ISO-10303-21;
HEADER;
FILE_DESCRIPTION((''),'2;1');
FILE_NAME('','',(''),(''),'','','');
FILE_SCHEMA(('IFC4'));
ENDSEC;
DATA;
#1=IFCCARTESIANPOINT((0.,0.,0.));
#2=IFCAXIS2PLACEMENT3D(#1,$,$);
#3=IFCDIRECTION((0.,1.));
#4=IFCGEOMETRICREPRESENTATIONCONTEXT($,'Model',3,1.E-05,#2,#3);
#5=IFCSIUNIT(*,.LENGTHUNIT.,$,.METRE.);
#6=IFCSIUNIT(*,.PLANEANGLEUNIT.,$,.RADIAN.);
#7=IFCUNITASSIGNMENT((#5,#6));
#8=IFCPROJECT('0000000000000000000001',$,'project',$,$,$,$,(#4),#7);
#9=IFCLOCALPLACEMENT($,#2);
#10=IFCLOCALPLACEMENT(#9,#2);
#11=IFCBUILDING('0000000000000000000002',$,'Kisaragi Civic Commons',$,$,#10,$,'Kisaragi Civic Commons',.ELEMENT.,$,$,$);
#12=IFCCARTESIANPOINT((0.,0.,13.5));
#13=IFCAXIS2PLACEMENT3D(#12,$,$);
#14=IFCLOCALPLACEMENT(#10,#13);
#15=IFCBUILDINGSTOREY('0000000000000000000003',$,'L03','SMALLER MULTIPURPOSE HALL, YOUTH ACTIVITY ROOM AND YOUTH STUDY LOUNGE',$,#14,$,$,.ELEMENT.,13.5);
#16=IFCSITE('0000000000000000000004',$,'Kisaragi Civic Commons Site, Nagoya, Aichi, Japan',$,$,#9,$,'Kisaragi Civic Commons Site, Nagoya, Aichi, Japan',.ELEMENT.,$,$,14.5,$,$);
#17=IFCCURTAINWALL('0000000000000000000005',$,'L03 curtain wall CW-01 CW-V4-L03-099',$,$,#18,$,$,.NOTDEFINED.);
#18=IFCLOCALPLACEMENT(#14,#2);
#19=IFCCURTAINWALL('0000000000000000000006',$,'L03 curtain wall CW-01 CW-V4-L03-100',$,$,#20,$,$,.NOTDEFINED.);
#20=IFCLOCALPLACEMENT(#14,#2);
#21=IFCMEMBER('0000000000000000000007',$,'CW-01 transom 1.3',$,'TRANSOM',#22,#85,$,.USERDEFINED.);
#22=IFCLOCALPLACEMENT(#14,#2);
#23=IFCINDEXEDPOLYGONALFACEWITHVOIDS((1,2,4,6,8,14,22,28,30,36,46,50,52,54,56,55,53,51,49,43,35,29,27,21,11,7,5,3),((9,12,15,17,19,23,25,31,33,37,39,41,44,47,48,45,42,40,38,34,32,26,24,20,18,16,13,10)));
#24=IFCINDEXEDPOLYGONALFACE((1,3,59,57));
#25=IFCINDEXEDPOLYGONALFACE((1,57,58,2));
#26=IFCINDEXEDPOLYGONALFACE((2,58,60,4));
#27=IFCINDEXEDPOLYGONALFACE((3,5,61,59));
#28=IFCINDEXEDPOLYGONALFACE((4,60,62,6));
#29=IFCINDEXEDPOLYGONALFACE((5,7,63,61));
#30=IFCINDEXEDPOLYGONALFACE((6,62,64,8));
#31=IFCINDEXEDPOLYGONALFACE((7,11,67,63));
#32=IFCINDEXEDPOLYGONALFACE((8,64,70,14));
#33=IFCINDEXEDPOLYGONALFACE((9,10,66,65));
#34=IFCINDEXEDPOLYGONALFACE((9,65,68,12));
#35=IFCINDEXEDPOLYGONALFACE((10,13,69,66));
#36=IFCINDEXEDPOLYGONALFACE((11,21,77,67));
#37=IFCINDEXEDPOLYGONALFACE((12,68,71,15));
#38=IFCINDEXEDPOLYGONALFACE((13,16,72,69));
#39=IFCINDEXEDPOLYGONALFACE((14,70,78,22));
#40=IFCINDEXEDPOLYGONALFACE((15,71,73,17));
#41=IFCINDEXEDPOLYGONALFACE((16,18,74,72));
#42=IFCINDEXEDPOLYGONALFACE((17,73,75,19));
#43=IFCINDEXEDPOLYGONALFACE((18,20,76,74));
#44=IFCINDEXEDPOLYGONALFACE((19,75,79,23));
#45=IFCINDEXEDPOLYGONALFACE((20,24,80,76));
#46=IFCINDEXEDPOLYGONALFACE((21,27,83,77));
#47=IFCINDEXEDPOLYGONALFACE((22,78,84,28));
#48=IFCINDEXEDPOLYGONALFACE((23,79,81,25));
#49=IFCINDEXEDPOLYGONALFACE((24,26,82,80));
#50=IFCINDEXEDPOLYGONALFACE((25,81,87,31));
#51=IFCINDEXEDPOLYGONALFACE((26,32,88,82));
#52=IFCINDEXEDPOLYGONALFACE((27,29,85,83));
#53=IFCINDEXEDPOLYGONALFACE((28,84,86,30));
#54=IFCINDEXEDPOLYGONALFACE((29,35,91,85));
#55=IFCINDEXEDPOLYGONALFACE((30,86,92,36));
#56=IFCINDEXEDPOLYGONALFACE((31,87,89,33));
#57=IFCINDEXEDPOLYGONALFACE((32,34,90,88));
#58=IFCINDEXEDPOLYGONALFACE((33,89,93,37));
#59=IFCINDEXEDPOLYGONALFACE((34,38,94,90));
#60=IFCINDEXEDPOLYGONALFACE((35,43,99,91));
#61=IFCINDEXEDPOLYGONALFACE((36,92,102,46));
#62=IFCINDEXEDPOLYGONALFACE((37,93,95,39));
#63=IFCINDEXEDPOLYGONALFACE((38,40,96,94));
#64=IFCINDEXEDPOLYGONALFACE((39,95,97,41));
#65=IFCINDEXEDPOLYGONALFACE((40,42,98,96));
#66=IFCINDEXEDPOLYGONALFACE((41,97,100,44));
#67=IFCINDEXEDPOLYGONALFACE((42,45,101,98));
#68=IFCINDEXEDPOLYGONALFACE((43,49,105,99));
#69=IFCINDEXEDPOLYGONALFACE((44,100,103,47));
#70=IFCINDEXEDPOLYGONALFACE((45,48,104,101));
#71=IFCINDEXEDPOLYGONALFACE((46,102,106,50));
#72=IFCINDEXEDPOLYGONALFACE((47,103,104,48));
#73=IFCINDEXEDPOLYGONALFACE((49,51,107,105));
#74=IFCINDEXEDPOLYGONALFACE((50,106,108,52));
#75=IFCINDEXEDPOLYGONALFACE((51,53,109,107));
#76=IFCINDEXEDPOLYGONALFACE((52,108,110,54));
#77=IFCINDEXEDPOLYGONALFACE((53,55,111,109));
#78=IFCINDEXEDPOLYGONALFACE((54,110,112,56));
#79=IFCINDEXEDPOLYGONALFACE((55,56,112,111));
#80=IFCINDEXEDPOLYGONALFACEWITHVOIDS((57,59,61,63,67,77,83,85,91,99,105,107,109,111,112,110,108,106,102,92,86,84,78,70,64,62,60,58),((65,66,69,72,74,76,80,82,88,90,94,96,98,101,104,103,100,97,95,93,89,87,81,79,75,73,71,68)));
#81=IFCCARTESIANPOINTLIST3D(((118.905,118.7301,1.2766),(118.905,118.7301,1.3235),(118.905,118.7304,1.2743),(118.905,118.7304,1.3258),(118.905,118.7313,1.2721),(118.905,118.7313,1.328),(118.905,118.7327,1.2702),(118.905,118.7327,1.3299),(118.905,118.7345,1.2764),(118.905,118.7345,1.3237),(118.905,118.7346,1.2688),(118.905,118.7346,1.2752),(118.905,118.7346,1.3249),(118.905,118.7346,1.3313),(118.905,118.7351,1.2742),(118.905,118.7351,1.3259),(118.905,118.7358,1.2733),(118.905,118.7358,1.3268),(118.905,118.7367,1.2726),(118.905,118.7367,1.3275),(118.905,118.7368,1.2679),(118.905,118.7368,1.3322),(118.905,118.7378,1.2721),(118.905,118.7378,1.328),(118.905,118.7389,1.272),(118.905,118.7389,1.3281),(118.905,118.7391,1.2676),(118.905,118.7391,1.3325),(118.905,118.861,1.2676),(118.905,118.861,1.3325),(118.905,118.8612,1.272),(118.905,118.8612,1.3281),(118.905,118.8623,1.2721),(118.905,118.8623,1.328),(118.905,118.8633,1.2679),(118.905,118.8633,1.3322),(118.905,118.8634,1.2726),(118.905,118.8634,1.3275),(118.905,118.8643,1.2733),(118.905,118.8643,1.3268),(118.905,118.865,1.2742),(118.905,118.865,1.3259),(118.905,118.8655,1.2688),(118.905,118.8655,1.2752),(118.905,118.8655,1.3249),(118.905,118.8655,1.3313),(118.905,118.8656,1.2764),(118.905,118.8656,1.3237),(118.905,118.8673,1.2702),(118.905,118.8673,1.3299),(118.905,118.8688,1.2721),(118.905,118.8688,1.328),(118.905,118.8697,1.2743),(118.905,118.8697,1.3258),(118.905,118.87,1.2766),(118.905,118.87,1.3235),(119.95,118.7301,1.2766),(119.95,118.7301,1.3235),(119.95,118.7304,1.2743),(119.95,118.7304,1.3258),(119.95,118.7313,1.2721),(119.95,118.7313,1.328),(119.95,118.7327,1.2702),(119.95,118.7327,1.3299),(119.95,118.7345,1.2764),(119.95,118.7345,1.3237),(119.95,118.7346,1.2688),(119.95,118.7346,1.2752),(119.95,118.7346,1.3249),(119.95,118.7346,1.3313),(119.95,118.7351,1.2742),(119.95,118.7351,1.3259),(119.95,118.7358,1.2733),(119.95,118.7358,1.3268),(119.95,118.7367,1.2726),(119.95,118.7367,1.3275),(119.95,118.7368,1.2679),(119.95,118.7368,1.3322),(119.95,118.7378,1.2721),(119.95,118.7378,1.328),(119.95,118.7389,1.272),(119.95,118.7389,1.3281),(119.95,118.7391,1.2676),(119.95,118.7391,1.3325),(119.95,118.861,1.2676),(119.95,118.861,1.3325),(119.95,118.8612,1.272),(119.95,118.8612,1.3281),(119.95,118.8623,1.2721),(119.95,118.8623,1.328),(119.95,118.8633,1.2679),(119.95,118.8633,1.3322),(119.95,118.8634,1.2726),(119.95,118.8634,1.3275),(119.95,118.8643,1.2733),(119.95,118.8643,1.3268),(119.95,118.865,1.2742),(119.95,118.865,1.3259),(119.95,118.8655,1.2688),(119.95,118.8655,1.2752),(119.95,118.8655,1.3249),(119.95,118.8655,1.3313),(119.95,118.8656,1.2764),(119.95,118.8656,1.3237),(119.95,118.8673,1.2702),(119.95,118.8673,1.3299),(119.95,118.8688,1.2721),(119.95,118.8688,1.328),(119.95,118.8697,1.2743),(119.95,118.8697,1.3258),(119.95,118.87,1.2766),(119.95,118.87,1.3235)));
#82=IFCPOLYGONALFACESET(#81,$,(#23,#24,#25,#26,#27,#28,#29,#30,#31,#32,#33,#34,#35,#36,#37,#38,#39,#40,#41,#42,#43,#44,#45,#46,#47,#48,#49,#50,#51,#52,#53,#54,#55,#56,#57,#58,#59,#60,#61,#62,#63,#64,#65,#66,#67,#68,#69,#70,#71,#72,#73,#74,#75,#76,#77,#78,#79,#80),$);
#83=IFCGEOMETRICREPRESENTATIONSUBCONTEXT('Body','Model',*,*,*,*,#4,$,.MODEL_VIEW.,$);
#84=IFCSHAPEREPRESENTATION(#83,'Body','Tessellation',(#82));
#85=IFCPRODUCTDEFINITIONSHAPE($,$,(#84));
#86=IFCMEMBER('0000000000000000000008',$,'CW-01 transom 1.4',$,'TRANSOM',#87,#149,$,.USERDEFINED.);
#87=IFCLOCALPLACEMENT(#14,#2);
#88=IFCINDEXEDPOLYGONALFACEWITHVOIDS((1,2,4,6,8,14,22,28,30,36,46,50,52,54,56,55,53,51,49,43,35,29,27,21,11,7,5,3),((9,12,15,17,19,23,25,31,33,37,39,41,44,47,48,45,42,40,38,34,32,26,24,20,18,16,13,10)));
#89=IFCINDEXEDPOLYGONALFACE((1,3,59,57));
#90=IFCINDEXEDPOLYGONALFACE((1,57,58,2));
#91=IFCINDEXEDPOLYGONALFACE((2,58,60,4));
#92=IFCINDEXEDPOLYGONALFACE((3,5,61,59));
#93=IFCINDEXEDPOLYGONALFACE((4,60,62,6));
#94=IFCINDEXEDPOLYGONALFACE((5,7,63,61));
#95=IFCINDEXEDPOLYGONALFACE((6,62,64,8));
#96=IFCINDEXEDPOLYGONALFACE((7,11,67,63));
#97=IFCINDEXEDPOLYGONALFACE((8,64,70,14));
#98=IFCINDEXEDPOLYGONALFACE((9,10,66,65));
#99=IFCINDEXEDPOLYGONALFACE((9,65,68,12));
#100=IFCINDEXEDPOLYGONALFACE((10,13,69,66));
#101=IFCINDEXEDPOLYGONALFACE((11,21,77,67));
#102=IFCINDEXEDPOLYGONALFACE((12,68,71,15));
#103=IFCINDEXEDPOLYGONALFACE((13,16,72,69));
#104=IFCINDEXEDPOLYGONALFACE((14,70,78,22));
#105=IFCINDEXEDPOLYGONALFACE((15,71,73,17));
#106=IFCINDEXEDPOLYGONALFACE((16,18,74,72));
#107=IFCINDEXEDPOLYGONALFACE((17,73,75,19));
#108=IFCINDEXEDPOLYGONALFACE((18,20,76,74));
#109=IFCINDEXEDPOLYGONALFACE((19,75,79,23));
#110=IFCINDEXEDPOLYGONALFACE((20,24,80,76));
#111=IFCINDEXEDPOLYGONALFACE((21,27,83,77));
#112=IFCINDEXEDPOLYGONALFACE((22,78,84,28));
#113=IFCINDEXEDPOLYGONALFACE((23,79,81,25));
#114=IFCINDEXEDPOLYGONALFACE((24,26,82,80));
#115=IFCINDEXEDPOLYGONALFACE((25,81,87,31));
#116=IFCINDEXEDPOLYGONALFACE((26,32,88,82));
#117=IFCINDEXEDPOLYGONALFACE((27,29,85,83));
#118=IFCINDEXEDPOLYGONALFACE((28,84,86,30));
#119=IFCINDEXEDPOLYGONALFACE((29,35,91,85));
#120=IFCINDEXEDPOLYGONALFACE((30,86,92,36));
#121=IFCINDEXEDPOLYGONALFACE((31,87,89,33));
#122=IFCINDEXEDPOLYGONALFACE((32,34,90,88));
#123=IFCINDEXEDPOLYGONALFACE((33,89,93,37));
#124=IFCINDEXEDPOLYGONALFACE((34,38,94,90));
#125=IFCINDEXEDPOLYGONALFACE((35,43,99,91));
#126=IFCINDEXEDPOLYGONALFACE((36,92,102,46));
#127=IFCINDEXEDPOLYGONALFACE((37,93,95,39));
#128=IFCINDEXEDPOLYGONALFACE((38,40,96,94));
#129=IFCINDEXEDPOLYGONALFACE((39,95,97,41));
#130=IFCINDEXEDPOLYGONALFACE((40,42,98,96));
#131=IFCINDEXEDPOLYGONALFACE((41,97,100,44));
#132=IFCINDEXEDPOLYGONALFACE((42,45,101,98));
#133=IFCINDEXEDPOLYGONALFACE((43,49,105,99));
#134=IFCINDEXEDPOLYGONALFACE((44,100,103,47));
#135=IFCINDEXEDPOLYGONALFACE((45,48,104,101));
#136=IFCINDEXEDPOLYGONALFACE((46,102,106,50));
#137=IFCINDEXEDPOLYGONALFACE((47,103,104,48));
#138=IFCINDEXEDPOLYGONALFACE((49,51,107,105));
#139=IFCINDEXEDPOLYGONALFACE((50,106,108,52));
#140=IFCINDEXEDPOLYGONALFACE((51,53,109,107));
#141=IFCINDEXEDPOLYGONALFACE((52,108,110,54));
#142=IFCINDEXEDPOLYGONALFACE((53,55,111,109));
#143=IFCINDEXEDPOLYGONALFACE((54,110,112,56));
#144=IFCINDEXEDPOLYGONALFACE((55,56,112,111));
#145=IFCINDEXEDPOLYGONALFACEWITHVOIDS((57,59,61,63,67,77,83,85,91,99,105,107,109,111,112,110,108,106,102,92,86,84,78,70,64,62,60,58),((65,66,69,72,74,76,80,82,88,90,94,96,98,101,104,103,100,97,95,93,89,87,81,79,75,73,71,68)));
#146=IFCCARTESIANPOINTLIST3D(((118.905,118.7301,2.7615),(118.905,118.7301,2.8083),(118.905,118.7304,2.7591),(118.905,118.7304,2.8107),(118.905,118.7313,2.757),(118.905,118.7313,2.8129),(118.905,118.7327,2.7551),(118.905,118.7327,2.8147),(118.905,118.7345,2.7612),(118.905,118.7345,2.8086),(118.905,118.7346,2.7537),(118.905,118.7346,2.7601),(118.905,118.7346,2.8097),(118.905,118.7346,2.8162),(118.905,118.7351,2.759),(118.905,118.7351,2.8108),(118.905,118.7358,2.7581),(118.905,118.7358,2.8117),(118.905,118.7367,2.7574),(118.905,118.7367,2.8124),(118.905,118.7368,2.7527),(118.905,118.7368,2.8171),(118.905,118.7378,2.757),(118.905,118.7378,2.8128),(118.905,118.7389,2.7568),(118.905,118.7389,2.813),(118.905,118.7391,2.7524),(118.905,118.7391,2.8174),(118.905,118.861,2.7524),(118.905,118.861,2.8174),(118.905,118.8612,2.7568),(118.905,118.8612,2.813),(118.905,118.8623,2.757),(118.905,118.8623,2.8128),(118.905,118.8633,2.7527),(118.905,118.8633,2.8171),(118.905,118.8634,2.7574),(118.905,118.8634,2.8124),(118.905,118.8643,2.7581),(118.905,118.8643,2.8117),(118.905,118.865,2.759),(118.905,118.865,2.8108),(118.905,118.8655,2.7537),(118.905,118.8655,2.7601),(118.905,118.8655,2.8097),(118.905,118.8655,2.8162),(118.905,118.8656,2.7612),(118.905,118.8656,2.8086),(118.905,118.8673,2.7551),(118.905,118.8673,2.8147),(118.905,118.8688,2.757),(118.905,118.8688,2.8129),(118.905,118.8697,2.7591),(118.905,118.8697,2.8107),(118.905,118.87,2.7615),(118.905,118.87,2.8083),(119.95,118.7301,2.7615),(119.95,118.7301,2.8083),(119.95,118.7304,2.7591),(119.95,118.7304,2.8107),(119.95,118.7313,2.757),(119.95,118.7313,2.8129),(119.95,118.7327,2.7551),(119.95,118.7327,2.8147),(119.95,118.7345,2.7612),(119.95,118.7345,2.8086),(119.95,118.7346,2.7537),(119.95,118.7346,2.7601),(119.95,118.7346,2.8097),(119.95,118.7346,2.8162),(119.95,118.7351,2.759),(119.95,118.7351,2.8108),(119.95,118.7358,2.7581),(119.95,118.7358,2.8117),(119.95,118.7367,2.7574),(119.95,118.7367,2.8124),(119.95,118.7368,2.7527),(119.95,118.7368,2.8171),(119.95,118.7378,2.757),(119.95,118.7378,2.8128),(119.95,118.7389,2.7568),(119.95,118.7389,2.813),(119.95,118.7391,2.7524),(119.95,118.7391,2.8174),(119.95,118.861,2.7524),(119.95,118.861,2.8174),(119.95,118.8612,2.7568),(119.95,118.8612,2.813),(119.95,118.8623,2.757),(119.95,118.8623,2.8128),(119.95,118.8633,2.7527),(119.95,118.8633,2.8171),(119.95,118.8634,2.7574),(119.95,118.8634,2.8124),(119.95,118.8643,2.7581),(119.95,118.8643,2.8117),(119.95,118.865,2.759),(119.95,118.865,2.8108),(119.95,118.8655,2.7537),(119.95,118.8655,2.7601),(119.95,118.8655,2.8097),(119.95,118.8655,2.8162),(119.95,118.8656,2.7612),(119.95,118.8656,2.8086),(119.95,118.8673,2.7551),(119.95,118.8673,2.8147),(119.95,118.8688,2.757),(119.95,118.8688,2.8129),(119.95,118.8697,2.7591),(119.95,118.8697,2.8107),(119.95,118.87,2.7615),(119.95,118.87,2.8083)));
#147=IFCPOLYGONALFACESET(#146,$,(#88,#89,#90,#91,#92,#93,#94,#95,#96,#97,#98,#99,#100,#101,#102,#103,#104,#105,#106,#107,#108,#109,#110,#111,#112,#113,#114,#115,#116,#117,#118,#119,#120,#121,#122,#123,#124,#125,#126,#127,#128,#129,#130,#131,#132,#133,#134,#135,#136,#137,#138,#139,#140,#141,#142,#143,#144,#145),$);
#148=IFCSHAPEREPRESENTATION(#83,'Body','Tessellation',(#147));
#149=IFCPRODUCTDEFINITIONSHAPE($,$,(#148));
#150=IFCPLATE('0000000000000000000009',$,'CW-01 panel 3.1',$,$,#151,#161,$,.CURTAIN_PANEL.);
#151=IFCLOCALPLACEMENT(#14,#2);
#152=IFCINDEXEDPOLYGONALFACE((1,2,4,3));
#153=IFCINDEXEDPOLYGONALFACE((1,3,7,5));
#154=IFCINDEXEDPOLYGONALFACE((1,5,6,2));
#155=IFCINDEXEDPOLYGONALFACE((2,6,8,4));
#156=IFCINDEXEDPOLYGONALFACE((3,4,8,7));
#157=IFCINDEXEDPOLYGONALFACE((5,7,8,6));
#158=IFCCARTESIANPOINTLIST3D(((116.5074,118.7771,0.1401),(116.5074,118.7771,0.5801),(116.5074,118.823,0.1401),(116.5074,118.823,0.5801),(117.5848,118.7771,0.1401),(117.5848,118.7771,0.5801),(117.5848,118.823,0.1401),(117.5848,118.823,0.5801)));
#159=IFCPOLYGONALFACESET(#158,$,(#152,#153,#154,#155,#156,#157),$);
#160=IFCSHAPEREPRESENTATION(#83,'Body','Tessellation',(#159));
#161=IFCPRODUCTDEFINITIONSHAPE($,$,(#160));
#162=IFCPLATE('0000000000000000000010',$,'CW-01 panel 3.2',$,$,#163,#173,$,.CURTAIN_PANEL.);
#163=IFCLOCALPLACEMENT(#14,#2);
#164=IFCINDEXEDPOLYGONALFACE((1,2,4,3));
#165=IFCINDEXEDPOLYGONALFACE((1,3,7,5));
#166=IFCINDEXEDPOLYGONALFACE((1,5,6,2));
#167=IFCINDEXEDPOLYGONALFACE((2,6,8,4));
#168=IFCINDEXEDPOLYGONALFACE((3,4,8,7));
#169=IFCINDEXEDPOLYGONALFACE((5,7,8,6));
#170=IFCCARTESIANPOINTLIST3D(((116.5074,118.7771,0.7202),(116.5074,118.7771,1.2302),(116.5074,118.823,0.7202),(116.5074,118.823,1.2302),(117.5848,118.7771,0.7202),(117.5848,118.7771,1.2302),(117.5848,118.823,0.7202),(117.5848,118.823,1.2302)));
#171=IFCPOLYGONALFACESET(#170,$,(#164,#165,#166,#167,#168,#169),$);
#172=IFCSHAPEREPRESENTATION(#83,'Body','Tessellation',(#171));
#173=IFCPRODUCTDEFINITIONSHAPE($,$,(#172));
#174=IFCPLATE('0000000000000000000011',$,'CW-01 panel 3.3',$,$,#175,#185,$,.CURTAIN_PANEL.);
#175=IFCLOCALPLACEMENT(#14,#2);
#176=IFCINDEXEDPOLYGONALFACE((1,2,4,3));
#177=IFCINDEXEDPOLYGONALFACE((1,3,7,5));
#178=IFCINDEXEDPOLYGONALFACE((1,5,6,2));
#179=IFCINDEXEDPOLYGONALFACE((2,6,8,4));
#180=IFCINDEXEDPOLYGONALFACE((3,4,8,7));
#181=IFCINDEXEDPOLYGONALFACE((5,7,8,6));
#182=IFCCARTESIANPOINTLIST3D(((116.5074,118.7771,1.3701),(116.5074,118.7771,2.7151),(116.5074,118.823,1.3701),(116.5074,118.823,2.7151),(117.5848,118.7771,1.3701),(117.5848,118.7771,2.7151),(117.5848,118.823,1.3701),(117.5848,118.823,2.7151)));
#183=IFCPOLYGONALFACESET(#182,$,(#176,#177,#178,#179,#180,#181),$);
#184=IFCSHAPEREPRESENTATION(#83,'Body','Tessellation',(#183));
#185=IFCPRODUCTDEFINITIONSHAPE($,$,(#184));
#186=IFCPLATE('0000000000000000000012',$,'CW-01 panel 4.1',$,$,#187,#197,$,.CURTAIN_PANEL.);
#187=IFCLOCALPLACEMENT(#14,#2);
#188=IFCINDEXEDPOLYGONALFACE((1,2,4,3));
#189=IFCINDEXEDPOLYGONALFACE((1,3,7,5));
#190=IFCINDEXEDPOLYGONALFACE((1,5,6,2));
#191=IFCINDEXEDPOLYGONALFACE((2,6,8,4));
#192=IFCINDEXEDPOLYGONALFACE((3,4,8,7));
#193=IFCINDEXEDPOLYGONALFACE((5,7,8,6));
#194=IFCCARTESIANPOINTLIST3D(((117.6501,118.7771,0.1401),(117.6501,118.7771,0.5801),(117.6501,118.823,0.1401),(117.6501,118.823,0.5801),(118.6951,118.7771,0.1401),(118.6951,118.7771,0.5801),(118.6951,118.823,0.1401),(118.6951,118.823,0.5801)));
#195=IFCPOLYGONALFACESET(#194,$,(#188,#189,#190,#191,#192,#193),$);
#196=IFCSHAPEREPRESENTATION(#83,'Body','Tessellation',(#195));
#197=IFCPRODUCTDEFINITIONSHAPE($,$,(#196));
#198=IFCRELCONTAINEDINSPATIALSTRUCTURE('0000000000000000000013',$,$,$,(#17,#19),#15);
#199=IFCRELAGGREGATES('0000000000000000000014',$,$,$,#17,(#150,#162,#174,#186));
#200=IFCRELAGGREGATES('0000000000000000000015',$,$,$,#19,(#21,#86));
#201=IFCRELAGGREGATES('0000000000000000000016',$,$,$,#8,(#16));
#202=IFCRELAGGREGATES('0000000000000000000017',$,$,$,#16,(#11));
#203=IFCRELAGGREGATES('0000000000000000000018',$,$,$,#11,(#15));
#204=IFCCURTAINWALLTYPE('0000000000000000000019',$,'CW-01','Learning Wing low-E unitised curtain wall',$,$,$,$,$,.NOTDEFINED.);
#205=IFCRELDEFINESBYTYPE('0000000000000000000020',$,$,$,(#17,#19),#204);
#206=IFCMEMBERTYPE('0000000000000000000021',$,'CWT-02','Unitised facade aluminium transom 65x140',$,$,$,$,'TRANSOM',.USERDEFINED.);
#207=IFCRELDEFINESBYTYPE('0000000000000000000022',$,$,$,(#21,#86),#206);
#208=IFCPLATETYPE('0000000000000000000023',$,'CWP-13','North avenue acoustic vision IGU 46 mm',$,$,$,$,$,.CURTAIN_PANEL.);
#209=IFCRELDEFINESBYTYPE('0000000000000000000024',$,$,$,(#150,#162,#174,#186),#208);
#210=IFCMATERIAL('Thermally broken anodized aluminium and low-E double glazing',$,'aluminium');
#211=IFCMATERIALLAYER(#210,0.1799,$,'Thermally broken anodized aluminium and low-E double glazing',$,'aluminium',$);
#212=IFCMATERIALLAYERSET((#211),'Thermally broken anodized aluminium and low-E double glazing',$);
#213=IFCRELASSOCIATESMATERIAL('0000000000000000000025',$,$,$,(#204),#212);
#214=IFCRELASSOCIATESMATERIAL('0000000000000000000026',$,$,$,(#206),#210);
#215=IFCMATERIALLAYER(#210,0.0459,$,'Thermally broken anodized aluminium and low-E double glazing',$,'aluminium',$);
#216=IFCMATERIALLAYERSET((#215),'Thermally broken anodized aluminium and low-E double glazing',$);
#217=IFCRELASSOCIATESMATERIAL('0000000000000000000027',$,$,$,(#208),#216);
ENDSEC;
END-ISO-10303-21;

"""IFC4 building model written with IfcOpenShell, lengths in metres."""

from ifc_helpers import new_model, si_unit, direction, frame, origin, origin_2d, place, context, subcontext, project, spatial, rectangle, hollow_rectangle, extrude, material, layer, layer_set, material_profile, profile_set, type_object, element, aggregate, save


model = new_model("IFC4")

# Units and contexts
model_context = context("Model", 3, precision=1e-05, world=origin(), true_north=direction((0.0, 1.0)))
body_context = subcontext(model_context, "Body", "Model", "MODEL_VIEW")
ifc_project = project(units=[si_unit("LENGTHUNIT", "METRE"), si_unit("PLANEANGLEUNIT", "RADIAN")], contexts=[model_context])

# Site, building, storey
site_placement = place(None, origin())
site = spatial("IfcSite", under=ifc_project, at=site_placement, Name="Kisaragi Civic Commons Site, Nagoya, Aichi, Japan", LongName="Kisaragi Civic Commons Site, Nagoya, Aichi, Japan", CompositionType="ELEMENT", RefElevation=14.5)
building_placement = place(site_placement, origin())
building = spatial("IfcBuilding", under=site, at=building_placement, Name="Kisaragi Civic Commons", LongName="Kisaragi Civic Commons", CompositionType="ELEMENT")
storey_placement = place(building_placement, frame((0.0, 0.0, 13.5)))
storey = spatial("IfcBuildingStorey", under=building, at=storey_placement, Name="L03", Description="SMALLER MULTIPURPOSE HALL, YOUTH ACTIVITY ROOM AND YOUTH STUDY LOUNGE", CompositionType="ELEMENT", Elevation=13.5)

# Curtain wall
ifc_material = material(Name="Thermally broken anodized aluminium and low-E double glazing", Category="aluminium")
ifc_layer_1 = layer(ifc_material, 0.1799, Name="Thermally broken anodized aluminium and low-E double glazing", Category="aluminium")
ifc_layer_set_1 = layer_set([ifc_layer_1], Name="Thermally broken anodized aluminium and low-E double glazing")
curtain_wall_type = type_object("IfcCurtainWallType", Name="CW-01", Description="Learning Wing low-E unitised curtain wall", PredefinedType="NOTDEFINED", material=ifc_layer_set_1)
curtain_wall_1_placement = place(storey_placement, origin())
curtain_wall_1 = element("IfcCurtainWall", 1, at=curtain_wall_1_placement, inside=storey, type_object=curtain_wall_type, Name="L03 curtain wall CW-01 CW-V4-L03-099", PredefinedType="NOTDEFINED")

# Curtain wall
curtain_wall_2_placement = place(storey_placement, origin())
curtain_wall_2 = element("IfcCurtainWall", 2, at=curtain_wall_2_placement, inside=storey, type_object=curtain_wall_type, Name="L03 curtain wall CW-01 CW-V4-L03-100", PredefinedType="NOTDEFINED")

# Members
ifc_material_profile_1 = material_profile(ifc_material, hollow_rectangle(XDim=0.1399, YDim=0.0649, WallThickness=0.0044, InnerFilletRadius=0.0044, OuterFilletRadius=0.009, at=origin_2d()), Name="CWT-65x140x4.5", Category="aluminium")
ifc_profile_set_1 = profile_set([ifc_material_profile_1], Name="Thermally broken anodized aluminium and low-E double glazing")
member_type_1 = type_object("IfcMemberType", Name="CWT-02", Description="Unitised facade aluminium transom 65x140", ElementType="TRANSOM", PredefinedType="USERDEFINED", material=ifc_profile_set_1)
member_1_placement = place(storey_placement, frame((118.905, 118.8, 1.3), z_axis=(1.0, 0.0, 0.0), x_axis=(0.0, 1.0, 0.0)))
member_1 = element("IfcMember", 3, at=member_1_placement, type_object=member_type_1, Name="CW-01 transom 1.3", ObjectType="TRANSOM", PredefinedType="USERDEFINED", context=body_context, shape_type="SweptSolid", body=[
    extrude(hollow_rectangle(XDim=0.1399, YDim=0.0649, WallThickness=0.0044, InnerFilletRadius=0.0044, OuterFilletRadius=0.009, at=origin_2d()), origin(), (0.0, 0.0, 1.0), 1.0449),
])
member_2_placement = place(storey_placement, frame((118.905, 118.8, 2.7849), z_axis=(1.0, 0.0, 0.0), x_axis=(0.0, 1.0, 0.0)))
member_2 = element("IfcMember", 4, at=member_2_placement, type_object=member_type_1, Name="CW-01 transom 1.4", ObjectType="TRANSOM", PredefinedType="USERDEFINED", context=body_context, shape_type="SweptSolid", body=[
    extrude(hollow_rectangle(XDim=0.1399, YDim=0.0649, WallThickness=0.0044, InnerFilletRadius=0.0044, OuterFilletRadius=0.009, at=origin_2d()), origin(), (0.0, 0.0, 1.0), 1.0449),
])

# Plates
ifc_layer_2 = layer(ifc_material, 0.0459, Name="Thermally broken anodized aluminium and low-E double glazing", Category="aluminium")
ifc_layer_set_2 = layer_set([ifc_layer_2], Name="Thermally broken anodized aluminium and low-E double glazing")
plate_type_1 = type_object("IfcPlateType", Name="CWP-13", Description="North avenue acoustic vision IGU 46 mm", PredefinedType="CURTAIN_PANEL", material=ifc_layer_set_2)
plate_1_placement = place(storey_placement, frame((117.0461, 118.8, 0.1401), z_axis=(0.0, 0.0, 1.0), x_axis=(1.0, 0.0, 0.0)))
plate_1 = element("IfcPlate", 5, at=plate_1_placement, type_object=plate_type_1, Name="CW-01 panel 3.1", PredefinedType="CURTAIN_PANEL", context=body_context, shape_type="SweptSolid", body=[
    extrude(rectangle(XDim=1.0774, YDim=0.0459, at=origin_2d()), origin(), (0.0, 0.0, 1.0), 0.4399),
])
plate_2_placement = place(storey_placement, frame((117.0461, 118.8, 0.7202), z_axis=(0.0, 0.0, 1.0), x_axis=(1.0, 0.0, 0.0)))
plate_2 = element("IfcPlate", 6, at=plate_2_placement, type_object=plate_type_1, Name="CW-01 panel 3.2", PredefinedType="CURTAIN_PANEL", context=body_context, shape_type="SweptSolid", body=[
    extrude(rectangle(XDim=1.0774, YDim=0.0459, at=origin_2d()), origin(), (0.0, 0.0, 1.0), 0.51),
])
plate_3_placement = place(storey_placement, frame((117.0461, 118.8, 1.3701), z_axis=(0.0, 0.0, 1.0), x_axis=(1.0, 0.0, 0.0)))
plate_3 = element("IfcPlate", 7, at=plate_3_placement, type_object=plate_type_1, Name="CW-01 panel 3.3", PredefinedType="CURTAIN_PANEL", context=body_context, shape_type="SweptSolid", body=[
    extrude(rectangle(XDim=1.0774, YDim=0.0459, at=origin_2d()), origin(), (0.0, 0.0, 1.0), 1.345),
])
plate_4_placement = place(storey_placement, frame((118.1726, 118.8, 0.1401), z_axis=(0.0, 0.0, 1.0), x_axis=(1.0, 0.0, 0.0)))
plate_4 = element("IfcPlate", 8, at=plate_4_placement, type_object=plate_type_1, Name="CW-01 panel 4.1", PredefinedType="CURTAIN_PANEL", context=body_context, shape_type="SweptSolid", body=[
    extrude(rectangle(XDim=1.0449, YDim=0.0459, at=origin_2d()), origin(), (0.0, 0.0, 1.0), 0.4399),
])
aggregate(curtain_wall_1, [plate_1, plate_2, plate_3, plate_4])
aggregate(curtain_wall_2, [member_1, member_2])

save(model, "model.ifc")
